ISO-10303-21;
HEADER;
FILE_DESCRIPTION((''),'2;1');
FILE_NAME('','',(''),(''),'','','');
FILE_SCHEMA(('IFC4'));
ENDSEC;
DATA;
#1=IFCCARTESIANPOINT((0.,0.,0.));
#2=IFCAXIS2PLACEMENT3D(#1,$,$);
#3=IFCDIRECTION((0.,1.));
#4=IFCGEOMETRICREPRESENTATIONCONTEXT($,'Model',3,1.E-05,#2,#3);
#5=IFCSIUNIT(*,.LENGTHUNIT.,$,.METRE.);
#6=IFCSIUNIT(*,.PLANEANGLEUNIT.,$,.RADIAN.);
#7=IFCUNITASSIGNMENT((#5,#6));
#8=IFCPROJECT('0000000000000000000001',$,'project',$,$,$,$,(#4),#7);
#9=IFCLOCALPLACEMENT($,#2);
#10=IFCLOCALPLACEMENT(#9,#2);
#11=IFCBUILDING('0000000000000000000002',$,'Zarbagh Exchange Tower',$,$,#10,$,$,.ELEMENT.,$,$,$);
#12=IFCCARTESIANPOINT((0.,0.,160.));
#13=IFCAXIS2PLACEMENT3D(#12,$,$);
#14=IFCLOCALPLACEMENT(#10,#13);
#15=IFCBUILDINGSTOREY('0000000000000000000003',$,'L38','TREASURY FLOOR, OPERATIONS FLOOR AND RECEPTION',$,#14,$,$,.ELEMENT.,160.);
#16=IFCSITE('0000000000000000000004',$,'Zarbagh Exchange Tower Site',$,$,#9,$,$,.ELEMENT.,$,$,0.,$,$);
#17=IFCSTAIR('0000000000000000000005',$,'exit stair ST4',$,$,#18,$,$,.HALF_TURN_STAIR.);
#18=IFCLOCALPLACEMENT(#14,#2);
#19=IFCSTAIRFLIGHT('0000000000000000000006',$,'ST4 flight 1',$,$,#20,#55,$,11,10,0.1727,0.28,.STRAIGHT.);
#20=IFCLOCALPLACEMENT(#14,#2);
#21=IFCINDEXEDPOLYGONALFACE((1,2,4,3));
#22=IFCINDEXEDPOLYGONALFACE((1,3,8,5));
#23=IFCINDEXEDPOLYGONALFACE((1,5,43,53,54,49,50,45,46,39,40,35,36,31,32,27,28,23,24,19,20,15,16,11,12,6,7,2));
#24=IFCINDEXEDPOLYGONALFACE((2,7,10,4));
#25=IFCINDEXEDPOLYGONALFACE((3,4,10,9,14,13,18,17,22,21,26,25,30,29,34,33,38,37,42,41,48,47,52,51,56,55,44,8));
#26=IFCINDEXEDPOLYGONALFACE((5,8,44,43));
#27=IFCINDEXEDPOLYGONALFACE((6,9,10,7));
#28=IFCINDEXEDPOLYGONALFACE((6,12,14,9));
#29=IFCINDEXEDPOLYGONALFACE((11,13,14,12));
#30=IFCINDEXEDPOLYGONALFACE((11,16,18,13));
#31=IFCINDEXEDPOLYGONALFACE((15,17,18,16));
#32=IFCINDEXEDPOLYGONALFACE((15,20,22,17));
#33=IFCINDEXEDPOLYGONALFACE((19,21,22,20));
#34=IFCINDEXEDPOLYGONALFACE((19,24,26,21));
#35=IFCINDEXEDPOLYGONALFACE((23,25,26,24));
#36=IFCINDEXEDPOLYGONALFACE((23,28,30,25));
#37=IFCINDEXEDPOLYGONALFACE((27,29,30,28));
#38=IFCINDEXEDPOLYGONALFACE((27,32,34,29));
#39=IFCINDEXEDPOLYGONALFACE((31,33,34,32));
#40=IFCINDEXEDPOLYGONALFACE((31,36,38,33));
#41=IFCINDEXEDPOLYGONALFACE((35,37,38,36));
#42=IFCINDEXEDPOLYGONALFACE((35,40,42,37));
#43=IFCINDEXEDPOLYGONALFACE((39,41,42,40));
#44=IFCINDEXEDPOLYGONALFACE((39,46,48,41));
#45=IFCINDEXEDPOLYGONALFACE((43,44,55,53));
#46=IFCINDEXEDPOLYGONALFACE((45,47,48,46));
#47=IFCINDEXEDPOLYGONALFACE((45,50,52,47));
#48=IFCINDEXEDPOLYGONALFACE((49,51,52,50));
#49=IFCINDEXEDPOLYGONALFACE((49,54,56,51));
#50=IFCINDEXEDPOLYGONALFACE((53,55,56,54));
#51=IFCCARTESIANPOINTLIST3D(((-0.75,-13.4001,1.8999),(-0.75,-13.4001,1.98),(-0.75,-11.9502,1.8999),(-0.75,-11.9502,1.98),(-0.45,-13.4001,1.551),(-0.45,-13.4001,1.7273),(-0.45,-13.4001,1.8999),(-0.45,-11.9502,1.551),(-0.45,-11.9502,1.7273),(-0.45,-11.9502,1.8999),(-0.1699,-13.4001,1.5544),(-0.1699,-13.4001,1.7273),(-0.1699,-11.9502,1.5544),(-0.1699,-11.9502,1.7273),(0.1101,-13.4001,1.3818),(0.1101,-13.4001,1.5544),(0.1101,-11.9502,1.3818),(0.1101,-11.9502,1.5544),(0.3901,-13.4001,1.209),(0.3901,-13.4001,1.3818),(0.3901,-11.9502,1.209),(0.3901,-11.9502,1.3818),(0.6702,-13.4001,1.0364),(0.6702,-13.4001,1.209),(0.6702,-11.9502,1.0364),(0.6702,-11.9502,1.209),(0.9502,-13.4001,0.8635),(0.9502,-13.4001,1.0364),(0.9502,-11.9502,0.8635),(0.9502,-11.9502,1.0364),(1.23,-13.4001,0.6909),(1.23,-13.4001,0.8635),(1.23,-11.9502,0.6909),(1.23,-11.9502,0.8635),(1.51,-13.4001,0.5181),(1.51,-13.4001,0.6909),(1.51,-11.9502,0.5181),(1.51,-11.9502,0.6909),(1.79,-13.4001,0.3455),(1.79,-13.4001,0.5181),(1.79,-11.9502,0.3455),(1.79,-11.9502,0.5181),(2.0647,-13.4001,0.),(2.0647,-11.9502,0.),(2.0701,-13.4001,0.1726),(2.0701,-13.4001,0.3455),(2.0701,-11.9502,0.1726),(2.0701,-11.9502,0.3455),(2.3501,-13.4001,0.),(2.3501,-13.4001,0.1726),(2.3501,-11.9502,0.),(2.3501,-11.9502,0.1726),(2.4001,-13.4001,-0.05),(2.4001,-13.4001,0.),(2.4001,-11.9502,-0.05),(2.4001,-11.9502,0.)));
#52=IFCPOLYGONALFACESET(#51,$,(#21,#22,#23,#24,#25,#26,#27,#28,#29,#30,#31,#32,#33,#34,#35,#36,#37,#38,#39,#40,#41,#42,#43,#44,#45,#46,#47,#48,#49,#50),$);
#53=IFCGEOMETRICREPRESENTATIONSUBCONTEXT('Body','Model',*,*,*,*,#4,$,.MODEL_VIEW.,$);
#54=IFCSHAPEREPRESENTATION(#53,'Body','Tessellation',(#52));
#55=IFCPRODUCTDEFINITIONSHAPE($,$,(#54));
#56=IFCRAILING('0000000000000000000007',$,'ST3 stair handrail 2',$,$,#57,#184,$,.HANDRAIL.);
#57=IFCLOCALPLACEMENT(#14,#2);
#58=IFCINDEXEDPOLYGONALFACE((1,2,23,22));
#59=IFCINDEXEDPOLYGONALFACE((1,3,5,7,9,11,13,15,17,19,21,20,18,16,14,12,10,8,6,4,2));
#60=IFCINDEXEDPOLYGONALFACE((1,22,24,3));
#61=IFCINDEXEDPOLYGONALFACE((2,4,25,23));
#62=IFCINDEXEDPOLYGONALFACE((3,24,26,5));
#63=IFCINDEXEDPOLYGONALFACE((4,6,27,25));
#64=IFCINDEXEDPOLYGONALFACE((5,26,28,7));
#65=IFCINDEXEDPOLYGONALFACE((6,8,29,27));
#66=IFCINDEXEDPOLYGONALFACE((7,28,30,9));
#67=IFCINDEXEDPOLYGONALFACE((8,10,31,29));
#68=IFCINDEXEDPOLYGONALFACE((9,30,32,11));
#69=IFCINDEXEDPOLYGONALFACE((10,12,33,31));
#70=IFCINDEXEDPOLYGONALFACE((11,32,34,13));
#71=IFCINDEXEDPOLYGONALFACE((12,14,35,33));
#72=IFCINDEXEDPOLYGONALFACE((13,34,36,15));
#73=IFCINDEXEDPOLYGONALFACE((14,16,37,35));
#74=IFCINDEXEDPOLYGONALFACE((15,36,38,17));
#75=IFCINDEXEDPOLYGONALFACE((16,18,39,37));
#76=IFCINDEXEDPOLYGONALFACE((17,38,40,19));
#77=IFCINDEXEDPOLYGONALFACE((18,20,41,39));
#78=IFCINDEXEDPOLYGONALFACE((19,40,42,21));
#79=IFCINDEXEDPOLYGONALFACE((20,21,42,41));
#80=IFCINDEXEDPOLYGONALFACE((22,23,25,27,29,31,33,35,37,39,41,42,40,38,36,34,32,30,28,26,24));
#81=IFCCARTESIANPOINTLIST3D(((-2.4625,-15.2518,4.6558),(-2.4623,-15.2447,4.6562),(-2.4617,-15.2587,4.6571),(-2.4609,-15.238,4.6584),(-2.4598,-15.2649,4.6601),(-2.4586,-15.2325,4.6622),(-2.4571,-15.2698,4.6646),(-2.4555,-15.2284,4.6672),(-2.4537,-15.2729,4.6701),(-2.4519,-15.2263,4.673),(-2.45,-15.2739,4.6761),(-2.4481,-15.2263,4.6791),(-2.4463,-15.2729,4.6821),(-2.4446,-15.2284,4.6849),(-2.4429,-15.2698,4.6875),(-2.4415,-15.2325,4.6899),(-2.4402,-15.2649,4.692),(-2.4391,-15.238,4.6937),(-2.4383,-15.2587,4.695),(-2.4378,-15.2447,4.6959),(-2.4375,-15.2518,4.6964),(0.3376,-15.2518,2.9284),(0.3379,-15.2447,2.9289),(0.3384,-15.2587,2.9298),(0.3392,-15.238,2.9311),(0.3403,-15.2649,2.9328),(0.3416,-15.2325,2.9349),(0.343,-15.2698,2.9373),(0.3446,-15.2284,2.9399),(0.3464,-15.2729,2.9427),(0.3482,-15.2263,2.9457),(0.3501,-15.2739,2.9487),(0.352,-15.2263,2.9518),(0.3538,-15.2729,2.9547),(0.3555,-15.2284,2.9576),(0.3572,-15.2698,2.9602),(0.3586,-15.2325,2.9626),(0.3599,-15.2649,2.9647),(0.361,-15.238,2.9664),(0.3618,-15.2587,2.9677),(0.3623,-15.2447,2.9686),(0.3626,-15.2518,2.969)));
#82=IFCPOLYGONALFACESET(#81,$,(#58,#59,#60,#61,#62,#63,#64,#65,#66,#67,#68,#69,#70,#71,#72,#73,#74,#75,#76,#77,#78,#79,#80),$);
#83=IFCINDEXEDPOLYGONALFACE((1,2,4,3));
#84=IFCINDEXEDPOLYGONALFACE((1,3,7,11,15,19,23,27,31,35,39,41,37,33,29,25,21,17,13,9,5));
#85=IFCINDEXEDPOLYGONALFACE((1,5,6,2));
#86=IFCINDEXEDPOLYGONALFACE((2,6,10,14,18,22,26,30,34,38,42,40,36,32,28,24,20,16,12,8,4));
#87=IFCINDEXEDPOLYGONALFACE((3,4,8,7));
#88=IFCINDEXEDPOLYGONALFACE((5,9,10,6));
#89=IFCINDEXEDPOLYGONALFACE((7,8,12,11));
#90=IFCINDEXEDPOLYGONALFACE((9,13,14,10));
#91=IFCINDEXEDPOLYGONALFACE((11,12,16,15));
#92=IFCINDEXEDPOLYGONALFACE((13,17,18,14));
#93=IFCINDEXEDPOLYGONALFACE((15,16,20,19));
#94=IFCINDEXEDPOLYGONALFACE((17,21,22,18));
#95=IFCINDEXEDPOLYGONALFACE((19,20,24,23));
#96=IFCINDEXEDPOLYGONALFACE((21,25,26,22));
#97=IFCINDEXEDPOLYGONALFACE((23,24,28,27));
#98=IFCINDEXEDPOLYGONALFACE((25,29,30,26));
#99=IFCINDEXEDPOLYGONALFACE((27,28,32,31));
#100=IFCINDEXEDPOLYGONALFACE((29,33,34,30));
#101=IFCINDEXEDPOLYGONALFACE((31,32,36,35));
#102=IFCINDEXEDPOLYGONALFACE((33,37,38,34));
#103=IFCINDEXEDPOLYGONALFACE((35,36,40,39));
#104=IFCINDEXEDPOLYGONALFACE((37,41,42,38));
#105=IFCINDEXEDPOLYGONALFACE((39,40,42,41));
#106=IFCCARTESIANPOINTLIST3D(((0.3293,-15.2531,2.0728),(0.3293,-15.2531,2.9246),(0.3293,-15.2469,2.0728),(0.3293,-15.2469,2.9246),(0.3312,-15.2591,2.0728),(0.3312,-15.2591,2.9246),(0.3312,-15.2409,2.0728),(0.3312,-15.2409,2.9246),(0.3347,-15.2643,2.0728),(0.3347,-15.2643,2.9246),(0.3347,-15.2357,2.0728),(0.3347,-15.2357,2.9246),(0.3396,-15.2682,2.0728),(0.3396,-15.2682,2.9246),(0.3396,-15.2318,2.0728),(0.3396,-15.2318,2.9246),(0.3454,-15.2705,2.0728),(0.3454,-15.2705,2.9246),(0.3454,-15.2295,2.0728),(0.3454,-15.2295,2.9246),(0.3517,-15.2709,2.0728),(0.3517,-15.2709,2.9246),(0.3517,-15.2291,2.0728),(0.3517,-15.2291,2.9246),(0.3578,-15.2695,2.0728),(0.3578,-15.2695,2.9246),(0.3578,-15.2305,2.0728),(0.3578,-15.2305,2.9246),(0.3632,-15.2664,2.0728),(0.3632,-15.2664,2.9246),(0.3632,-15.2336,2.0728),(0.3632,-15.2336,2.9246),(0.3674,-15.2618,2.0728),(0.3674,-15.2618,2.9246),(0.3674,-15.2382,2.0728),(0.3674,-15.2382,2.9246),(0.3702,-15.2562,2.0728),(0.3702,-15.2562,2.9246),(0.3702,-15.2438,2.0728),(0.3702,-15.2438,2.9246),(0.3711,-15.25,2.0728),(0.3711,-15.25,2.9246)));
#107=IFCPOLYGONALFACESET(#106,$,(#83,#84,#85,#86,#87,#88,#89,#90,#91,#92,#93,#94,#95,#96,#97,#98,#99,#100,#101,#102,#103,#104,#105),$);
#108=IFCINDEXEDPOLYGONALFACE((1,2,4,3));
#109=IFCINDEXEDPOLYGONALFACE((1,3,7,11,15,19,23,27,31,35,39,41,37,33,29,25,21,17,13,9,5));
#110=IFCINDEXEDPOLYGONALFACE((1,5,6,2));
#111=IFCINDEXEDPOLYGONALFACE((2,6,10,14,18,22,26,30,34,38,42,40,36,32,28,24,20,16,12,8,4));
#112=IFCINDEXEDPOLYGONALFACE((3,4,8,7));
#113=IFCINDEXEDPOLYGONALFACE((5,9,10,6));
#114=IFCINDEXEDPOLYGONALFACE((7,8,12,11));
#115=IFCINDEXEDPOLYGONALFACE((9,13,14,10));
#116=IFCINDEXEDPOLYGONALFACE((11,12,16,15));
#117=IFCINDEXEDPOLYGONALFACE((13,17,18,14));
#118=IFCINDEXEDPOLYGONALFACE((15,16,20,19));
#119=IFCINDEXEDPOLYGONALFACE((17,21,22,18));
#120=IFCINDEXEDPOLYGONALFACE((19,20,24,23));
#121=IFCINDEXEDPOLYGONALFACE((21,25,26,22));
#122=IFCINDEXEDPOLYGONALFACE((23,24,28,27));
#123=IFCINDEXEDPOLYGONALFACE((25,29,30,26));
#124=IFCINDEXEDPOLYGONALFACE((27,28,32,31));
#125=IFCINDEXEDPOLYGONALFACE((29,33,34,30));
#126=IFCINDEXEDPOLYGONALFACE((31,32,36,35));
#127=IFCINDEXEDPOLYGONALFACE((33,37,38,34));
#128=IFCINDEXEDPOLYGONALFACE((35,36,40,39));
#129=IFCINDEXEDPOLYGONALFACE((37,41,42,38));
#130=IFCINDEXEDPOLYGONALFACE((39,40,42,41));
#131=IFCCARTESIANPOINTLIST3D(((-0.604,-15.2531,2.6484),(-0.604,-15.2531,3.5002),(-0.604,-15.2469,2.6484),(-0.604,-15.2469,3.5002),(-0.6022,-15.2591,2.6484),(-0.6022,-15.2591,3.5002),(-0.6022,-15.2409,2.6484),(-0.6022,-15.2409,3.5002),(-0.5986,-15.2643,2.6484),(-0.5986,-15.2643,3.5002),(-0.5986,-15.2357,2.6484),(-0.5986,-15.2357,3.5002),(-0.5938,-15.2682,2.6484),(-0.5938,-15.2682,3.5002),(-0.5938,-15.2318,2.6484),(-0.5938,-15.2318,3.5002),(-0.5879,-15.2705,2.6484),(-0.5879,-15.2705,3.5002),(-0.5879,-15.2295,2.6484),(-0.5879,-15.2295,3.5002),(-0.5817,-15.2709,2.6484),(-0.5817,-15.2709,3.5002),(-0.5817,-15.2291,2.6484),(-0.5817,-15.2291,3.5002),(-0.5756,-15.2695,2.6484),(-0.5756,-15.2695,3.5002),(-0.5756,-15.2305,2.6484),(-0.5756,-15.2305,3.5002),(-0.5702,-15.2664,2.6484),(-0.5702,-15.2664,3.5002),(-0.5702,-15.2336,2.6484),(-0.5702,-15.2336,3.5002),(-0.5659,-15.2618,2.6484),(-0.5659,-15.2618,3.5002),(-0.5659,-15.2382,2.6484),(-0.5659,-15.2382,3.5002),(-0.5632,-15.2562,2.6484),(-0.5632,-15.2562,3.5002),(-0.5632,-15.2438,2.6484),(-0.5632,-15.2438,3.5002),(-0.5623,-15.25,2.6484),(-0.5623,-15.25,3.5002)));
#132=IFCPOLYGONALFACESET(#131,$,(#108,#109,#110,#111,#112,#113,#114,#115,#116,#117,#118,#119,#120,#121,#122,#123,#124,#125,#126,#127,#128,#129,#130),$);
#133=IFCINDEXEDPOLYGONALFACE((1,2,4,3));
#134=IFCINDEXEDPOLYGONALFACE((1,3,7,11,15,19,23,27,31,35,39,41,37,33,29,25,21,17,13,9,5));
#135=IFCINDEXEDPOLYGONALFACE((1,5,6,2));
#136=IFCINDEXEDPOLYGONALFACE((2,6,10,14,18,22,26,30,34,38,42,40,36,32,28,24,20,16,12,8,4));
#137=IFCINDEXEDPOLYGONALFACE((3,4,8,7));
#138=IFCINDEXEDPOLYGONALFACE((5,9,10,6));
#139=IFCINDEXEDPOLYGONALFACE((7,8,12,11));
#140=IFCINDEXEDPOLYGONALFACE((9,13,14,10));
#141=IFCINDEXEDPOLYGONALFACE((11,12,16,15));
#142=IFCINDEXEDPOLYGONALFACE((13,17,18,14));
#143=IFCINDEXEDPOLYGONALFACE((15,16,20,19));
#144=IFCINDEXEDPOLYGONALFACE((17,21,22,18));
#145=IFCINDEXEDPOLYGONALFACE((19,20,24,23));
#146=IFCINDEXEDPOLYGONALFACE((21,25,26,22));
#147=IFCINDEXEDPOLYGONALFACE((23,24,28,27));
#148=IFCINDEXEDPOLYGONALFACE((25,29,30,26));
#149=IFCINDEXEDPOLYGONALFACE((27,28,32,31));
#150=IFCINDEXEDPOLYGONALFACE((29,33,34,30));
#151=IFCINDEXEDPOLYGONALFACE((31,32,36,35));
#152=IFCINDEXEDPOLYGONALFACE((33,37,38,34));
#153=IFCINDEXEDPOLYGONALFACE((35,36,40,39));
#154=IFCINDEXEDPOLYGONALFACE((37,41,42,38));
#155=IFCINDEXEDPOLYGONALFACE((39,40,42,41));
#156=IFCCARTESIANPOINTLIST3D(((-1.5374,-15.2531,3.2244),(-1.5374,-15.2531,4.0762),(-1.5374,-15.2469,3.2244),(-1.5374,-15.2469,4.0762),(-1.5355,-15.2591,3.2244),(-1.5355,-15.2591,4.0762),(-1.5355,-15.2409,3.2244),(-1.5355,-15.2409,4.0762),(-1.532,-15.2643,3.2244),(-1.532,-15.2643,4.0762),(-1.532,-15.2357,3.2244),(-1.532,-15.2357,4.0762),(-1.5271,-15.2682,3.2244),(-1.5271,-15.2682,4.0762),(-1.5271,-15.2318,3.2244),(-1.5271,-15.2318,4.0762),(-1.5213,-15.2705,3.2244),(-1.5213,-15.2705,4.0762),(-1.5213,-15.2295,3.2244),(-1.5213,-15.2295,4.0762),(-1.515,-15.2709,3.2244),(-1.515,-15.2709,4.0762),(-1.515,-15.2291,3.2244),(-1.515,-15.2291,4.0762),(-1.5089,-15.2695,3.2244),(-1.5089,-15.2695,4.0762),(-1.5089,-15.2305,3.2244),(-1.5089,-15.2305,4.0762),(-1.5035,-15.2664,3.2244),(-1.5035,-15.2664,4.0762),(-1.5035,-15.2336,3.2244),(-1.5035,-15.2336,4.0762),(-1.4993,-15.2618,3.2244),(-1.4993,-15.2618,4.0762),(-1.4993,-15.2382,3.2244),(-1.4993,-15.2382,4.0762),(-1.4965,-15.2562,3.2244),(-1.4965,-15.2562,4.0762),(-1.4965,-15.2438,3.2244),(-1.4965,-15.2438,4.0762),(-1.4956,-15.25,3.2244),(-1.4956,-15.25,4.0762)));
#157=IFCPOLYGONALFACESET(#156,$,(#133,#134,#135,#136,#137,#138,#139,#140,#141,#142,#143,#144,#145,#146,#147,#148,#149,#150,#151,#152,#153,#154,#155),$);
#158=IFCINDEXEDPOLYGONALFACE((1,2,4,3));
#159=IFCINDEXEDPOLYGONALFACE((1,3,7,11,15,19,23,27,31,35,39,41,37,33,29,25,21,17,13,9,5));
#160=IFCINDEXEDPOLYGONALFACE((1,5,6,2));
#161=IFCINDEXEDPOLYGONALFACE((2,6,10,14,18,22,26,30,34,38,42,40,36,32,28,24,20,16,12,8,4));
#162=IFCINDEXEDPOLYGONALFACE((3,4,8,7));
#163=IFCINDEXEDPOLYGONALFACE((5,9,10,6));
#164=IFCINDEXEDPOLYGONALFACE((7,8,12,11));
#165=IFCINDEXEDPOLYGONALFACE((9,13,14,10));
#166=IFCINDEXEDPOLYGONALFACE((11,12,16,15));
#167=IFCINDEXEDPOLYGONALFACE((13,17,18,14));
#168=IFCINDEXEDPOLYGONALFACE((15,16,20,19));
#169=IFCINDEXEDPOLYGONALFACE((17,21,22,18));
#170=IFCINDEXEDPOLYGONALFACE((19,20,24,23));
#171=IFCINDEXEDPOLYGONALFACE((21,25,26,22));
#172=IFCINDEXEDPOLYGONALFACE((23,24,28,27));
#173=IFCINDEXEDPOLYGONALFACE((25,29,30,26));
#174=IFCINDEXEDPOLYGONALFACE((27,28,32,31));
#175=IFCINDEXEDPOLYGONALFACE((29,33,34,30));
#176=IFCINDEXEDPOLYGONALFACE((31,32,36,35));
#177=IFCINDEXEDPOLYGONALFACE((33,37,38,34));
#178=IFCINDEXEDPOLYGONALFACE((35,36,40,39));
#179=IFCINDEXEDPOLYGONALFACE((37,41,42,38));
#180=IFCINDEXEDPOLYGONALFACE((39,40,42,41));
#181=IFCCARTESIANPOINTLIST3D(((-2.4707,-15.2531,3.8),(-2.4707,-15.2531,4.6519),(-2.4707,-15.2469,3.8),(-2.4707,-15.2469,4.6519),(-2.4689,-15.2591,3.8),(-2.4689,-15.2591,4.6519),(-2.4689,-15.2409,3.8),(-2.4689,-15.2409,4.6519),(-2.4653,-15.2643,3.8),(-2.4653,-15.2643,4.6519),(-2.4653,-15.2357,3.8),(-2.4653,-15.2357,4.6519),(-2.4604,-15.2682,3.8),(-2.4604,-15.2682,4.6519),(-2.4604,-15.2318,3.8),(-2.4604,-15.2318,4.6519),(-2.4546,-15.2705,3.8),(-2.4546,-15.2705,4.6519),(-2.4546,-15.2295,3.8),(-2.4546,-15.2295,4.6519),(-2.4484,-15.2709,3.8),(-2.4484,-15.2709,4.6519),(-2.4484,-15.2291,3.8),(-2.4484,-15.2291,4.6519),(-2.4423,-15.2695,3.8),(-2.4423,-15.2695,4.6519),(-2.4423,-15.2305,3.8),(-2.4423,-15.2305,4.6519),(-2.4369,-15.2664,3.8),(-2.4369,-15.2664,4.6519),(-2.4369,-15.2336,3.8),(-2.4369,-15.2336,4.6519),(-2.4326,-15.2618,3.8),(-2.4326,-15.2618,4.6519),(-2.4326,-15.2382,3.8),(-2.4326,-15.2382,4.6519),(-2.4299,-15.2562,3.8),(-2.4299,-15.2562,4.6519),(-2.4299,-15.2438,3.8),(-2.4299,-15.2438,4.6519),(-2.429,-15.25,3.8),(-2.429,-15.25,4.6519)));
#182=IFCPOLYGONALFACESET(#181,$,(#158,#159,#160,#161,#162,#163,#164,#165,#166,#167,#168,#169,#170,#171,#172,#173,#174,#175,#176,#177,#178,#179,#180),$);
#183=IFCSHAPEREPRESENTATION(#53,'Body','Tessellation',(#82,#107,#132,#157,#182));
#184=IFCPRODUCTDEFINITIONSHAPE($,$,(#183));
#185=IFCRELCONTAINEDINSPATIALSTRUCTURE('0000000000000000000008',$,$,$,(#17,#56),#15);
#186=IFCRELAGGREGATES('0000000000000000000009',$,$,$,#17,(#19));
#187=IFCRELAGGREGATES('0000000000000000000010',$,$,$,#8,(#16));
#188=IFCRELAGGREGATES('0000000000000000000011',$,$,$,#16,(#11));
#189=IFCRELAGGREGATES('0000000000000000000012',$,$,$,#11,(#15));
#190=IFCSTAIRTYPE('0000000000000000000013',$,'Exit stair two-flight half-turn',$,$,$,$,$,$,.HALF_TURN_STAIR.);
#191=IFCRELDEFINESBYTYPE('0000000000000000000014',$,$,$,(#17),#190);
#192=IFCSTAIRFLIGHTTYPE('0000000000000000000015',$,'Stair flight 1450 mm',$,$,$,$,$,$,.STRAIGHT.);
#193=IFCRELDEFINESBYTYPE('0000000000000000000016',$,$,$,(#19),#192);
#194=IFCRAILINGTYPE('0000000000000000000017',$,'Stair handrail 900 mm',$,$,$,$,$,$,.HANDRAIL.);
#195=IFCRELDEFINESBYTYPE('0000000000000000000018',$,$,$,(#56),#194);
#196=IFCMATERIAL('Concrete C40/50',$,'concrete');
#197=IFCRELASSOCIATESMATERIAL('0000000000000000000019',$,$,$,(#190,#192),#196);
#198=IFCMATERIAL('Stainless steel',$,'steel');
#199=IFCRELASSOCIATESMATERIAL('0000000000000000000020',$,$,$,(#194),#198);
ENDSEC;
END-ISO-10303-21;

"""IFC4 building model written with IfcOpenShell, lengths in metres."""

from ifc_helpers import new_model, si_unit, direction, frame, origin, origin_2d, place, context, subcontext, project, spatial, polyline, circle, outline, extrude, material, type_object, element, aggregate, save


model = new_model("IFC4")

# Units and contexts
model_context = context("Model", 3, precision=1e-05, world=origin(), true_north=direction((0.0, 1.0)))
body_context = subcontext(model_context, "Body", "Model", "MODEL_VIEW")
ifc_project = project(units=[si_unit("LENGTHUNIT", "METRE"), si_unit("PLANEANGLEUNIT", "RADIAN")], contexts=[model_context])

# Site, building, storey
site_placement = place(None, origin())
site = spatial("IfcSite", under=ifc_project, at=site_placement, Name="Zarbagh Exchange Tower Site", CompositionType="ELEMENT", RefElevation=0.0)
building_placement = place(site_placement, origin())
building = spatial("IfcBuilding", under=site, at=building_placement, Name="Zarbagh Exchange Tower", CompositionType="ELEMENT")
storey_placement = place(building_placement, frame((0.0, 0.0, 160.0)))
storey = spatial("IfcBuildingStorey", under=building, at=storey_placement, Name="L38", Description="TREASURY FLOOR, OPERATIONS FLOOR AND RECEPTION", CompositionType="ELEMENT", Elevation=160.0)

# Shared definitions
ifc_material_1 = material(Name="Stainless steel", Category="steel")

# Stair, stair flight
ifc_material_2 = material(Name="Concrete C40/50", Category="concrete")
stair_type = type_object("IfcStairType", Name="Exit stair two-flight half-turn", PredefinedType="HALF_TURN_STAIR", material=ifc_material_2)
stair_1_placement = place(storey_placement, origin())
stair_1 = element("IfcStair", 1, at=stair_1_placement, inside=storey, type_object=stair_type, Name="exit stair ST4", PredefinedType="HALF_TURN_STAIR")
stair_flight_type_1 = type_object("IfcStairFlightType", Name="Stair flight 1450 mm", PredefinedType="STRAIGHT", material=ifc_material_2)
stair_flight_1_placement = place(storey_placement, frame((2.3501, -12.675, 0.0), z_axis=(0.0, 0.0, 1.0), x_axis=(-1.0, 0.0, 0.0)))
stair_flight_1 = element("IfcStairFlight", 2, at=stair_flight_1_placement, type_object=stair_flight_type_1, Name="ST4 flight 1", NumberOfRisers=11, NumberOfTreads=10, PredefinedType="STRAIGHT", RiserHeight=0.1727, TreadLength=0.28, context=body_context, shape_type="SweptSolid", body=[
    extrude(outline(polyline([(-0.05, -0.05), (-0.05, 0.0), (0.0, 0.0), (0.0, 0.1726), (0.28, 0.1726), (0.28, 0.3455), (0.5601, 0.3455), (0.5601, 0.5181), (0.8401, 0.5181), (0.8401, 0.6909), (1.1201, 0.6909), (1.1201, 0.8635), (1.3999, 0.8635), (1.3999, 1.0364), (1.6799, 1.0364), (1.6799, 1.209), (1.96, 1.209), (1.96, 1.3818), (2.24, 1.3818), (2.24, 1.5544), (2.52, 1.5544), (2.52, 1.7273), (2.8, 1.7273), (2.8, 1.8999), (3.1001, 1.98), (3.1001, 1.8999), (2.8, 1.551), (0.2854, 0.0), (-0.05, -0.05)])), frame((0.0, 0.7251, 0.0), z_axis=(0.0, -1.0, 0.0), x_axis=(1.0, 0.0, 0.0)), (0.0, 0.0, 1.0), 1.45),
])
aggregate(stair_1, [stair_flight_1])

# Railing
railing_type_1 = type_object("IfcRailingType", Name="Stair handrail 900 mm", PredefinedType="HANDRAIL", material=ifc_material_1)
railing_1_placement = place(storey_placement, frame((0.3501, -15.25, 2.0728)))
element("IfcRailing", 3, at=railing_1_placement, inside=storey, type_object=railing_type_1, Name="ST3 stair handrail 2", PredefinedType="HANDRAIL", context=body_context, shape_type="SweptSolid", body=[
    extrude(circle(Radius=0.0239, at=origin_2d()), frame((0.0, 0.0, 0.876), z_axis=(-0.85109, 0.0, 0.52502), x_axis=(0.0, -1.0, 0.0)), (0.0, 0.0, 1.0), 3.29),
    extrude(circle(Radius=0.021, at=origin_2d()), origin(), (0.0, 0.0, 1.0), 0.8518),
    extrude(circle(Radius=0.021, at=origin_2d()), frame((-0.9333, 0.0, 0.5757)), (0.0, 0.0, 1.0), 0.8518),
    extrude(circle(Radius=0.021, at=origin_2d()), frame((-1.8667, 0.0, 1.1516)), (0.0, 0.0, 1.0), 0.8518),
    extrude(circle(Radius=0.021, at=origin_2d()), frame((-2.8, 0.0, 1.7273)), (0.0, 0.0, 1.0), 0.8518),
])

save(model, "model.ifc")
